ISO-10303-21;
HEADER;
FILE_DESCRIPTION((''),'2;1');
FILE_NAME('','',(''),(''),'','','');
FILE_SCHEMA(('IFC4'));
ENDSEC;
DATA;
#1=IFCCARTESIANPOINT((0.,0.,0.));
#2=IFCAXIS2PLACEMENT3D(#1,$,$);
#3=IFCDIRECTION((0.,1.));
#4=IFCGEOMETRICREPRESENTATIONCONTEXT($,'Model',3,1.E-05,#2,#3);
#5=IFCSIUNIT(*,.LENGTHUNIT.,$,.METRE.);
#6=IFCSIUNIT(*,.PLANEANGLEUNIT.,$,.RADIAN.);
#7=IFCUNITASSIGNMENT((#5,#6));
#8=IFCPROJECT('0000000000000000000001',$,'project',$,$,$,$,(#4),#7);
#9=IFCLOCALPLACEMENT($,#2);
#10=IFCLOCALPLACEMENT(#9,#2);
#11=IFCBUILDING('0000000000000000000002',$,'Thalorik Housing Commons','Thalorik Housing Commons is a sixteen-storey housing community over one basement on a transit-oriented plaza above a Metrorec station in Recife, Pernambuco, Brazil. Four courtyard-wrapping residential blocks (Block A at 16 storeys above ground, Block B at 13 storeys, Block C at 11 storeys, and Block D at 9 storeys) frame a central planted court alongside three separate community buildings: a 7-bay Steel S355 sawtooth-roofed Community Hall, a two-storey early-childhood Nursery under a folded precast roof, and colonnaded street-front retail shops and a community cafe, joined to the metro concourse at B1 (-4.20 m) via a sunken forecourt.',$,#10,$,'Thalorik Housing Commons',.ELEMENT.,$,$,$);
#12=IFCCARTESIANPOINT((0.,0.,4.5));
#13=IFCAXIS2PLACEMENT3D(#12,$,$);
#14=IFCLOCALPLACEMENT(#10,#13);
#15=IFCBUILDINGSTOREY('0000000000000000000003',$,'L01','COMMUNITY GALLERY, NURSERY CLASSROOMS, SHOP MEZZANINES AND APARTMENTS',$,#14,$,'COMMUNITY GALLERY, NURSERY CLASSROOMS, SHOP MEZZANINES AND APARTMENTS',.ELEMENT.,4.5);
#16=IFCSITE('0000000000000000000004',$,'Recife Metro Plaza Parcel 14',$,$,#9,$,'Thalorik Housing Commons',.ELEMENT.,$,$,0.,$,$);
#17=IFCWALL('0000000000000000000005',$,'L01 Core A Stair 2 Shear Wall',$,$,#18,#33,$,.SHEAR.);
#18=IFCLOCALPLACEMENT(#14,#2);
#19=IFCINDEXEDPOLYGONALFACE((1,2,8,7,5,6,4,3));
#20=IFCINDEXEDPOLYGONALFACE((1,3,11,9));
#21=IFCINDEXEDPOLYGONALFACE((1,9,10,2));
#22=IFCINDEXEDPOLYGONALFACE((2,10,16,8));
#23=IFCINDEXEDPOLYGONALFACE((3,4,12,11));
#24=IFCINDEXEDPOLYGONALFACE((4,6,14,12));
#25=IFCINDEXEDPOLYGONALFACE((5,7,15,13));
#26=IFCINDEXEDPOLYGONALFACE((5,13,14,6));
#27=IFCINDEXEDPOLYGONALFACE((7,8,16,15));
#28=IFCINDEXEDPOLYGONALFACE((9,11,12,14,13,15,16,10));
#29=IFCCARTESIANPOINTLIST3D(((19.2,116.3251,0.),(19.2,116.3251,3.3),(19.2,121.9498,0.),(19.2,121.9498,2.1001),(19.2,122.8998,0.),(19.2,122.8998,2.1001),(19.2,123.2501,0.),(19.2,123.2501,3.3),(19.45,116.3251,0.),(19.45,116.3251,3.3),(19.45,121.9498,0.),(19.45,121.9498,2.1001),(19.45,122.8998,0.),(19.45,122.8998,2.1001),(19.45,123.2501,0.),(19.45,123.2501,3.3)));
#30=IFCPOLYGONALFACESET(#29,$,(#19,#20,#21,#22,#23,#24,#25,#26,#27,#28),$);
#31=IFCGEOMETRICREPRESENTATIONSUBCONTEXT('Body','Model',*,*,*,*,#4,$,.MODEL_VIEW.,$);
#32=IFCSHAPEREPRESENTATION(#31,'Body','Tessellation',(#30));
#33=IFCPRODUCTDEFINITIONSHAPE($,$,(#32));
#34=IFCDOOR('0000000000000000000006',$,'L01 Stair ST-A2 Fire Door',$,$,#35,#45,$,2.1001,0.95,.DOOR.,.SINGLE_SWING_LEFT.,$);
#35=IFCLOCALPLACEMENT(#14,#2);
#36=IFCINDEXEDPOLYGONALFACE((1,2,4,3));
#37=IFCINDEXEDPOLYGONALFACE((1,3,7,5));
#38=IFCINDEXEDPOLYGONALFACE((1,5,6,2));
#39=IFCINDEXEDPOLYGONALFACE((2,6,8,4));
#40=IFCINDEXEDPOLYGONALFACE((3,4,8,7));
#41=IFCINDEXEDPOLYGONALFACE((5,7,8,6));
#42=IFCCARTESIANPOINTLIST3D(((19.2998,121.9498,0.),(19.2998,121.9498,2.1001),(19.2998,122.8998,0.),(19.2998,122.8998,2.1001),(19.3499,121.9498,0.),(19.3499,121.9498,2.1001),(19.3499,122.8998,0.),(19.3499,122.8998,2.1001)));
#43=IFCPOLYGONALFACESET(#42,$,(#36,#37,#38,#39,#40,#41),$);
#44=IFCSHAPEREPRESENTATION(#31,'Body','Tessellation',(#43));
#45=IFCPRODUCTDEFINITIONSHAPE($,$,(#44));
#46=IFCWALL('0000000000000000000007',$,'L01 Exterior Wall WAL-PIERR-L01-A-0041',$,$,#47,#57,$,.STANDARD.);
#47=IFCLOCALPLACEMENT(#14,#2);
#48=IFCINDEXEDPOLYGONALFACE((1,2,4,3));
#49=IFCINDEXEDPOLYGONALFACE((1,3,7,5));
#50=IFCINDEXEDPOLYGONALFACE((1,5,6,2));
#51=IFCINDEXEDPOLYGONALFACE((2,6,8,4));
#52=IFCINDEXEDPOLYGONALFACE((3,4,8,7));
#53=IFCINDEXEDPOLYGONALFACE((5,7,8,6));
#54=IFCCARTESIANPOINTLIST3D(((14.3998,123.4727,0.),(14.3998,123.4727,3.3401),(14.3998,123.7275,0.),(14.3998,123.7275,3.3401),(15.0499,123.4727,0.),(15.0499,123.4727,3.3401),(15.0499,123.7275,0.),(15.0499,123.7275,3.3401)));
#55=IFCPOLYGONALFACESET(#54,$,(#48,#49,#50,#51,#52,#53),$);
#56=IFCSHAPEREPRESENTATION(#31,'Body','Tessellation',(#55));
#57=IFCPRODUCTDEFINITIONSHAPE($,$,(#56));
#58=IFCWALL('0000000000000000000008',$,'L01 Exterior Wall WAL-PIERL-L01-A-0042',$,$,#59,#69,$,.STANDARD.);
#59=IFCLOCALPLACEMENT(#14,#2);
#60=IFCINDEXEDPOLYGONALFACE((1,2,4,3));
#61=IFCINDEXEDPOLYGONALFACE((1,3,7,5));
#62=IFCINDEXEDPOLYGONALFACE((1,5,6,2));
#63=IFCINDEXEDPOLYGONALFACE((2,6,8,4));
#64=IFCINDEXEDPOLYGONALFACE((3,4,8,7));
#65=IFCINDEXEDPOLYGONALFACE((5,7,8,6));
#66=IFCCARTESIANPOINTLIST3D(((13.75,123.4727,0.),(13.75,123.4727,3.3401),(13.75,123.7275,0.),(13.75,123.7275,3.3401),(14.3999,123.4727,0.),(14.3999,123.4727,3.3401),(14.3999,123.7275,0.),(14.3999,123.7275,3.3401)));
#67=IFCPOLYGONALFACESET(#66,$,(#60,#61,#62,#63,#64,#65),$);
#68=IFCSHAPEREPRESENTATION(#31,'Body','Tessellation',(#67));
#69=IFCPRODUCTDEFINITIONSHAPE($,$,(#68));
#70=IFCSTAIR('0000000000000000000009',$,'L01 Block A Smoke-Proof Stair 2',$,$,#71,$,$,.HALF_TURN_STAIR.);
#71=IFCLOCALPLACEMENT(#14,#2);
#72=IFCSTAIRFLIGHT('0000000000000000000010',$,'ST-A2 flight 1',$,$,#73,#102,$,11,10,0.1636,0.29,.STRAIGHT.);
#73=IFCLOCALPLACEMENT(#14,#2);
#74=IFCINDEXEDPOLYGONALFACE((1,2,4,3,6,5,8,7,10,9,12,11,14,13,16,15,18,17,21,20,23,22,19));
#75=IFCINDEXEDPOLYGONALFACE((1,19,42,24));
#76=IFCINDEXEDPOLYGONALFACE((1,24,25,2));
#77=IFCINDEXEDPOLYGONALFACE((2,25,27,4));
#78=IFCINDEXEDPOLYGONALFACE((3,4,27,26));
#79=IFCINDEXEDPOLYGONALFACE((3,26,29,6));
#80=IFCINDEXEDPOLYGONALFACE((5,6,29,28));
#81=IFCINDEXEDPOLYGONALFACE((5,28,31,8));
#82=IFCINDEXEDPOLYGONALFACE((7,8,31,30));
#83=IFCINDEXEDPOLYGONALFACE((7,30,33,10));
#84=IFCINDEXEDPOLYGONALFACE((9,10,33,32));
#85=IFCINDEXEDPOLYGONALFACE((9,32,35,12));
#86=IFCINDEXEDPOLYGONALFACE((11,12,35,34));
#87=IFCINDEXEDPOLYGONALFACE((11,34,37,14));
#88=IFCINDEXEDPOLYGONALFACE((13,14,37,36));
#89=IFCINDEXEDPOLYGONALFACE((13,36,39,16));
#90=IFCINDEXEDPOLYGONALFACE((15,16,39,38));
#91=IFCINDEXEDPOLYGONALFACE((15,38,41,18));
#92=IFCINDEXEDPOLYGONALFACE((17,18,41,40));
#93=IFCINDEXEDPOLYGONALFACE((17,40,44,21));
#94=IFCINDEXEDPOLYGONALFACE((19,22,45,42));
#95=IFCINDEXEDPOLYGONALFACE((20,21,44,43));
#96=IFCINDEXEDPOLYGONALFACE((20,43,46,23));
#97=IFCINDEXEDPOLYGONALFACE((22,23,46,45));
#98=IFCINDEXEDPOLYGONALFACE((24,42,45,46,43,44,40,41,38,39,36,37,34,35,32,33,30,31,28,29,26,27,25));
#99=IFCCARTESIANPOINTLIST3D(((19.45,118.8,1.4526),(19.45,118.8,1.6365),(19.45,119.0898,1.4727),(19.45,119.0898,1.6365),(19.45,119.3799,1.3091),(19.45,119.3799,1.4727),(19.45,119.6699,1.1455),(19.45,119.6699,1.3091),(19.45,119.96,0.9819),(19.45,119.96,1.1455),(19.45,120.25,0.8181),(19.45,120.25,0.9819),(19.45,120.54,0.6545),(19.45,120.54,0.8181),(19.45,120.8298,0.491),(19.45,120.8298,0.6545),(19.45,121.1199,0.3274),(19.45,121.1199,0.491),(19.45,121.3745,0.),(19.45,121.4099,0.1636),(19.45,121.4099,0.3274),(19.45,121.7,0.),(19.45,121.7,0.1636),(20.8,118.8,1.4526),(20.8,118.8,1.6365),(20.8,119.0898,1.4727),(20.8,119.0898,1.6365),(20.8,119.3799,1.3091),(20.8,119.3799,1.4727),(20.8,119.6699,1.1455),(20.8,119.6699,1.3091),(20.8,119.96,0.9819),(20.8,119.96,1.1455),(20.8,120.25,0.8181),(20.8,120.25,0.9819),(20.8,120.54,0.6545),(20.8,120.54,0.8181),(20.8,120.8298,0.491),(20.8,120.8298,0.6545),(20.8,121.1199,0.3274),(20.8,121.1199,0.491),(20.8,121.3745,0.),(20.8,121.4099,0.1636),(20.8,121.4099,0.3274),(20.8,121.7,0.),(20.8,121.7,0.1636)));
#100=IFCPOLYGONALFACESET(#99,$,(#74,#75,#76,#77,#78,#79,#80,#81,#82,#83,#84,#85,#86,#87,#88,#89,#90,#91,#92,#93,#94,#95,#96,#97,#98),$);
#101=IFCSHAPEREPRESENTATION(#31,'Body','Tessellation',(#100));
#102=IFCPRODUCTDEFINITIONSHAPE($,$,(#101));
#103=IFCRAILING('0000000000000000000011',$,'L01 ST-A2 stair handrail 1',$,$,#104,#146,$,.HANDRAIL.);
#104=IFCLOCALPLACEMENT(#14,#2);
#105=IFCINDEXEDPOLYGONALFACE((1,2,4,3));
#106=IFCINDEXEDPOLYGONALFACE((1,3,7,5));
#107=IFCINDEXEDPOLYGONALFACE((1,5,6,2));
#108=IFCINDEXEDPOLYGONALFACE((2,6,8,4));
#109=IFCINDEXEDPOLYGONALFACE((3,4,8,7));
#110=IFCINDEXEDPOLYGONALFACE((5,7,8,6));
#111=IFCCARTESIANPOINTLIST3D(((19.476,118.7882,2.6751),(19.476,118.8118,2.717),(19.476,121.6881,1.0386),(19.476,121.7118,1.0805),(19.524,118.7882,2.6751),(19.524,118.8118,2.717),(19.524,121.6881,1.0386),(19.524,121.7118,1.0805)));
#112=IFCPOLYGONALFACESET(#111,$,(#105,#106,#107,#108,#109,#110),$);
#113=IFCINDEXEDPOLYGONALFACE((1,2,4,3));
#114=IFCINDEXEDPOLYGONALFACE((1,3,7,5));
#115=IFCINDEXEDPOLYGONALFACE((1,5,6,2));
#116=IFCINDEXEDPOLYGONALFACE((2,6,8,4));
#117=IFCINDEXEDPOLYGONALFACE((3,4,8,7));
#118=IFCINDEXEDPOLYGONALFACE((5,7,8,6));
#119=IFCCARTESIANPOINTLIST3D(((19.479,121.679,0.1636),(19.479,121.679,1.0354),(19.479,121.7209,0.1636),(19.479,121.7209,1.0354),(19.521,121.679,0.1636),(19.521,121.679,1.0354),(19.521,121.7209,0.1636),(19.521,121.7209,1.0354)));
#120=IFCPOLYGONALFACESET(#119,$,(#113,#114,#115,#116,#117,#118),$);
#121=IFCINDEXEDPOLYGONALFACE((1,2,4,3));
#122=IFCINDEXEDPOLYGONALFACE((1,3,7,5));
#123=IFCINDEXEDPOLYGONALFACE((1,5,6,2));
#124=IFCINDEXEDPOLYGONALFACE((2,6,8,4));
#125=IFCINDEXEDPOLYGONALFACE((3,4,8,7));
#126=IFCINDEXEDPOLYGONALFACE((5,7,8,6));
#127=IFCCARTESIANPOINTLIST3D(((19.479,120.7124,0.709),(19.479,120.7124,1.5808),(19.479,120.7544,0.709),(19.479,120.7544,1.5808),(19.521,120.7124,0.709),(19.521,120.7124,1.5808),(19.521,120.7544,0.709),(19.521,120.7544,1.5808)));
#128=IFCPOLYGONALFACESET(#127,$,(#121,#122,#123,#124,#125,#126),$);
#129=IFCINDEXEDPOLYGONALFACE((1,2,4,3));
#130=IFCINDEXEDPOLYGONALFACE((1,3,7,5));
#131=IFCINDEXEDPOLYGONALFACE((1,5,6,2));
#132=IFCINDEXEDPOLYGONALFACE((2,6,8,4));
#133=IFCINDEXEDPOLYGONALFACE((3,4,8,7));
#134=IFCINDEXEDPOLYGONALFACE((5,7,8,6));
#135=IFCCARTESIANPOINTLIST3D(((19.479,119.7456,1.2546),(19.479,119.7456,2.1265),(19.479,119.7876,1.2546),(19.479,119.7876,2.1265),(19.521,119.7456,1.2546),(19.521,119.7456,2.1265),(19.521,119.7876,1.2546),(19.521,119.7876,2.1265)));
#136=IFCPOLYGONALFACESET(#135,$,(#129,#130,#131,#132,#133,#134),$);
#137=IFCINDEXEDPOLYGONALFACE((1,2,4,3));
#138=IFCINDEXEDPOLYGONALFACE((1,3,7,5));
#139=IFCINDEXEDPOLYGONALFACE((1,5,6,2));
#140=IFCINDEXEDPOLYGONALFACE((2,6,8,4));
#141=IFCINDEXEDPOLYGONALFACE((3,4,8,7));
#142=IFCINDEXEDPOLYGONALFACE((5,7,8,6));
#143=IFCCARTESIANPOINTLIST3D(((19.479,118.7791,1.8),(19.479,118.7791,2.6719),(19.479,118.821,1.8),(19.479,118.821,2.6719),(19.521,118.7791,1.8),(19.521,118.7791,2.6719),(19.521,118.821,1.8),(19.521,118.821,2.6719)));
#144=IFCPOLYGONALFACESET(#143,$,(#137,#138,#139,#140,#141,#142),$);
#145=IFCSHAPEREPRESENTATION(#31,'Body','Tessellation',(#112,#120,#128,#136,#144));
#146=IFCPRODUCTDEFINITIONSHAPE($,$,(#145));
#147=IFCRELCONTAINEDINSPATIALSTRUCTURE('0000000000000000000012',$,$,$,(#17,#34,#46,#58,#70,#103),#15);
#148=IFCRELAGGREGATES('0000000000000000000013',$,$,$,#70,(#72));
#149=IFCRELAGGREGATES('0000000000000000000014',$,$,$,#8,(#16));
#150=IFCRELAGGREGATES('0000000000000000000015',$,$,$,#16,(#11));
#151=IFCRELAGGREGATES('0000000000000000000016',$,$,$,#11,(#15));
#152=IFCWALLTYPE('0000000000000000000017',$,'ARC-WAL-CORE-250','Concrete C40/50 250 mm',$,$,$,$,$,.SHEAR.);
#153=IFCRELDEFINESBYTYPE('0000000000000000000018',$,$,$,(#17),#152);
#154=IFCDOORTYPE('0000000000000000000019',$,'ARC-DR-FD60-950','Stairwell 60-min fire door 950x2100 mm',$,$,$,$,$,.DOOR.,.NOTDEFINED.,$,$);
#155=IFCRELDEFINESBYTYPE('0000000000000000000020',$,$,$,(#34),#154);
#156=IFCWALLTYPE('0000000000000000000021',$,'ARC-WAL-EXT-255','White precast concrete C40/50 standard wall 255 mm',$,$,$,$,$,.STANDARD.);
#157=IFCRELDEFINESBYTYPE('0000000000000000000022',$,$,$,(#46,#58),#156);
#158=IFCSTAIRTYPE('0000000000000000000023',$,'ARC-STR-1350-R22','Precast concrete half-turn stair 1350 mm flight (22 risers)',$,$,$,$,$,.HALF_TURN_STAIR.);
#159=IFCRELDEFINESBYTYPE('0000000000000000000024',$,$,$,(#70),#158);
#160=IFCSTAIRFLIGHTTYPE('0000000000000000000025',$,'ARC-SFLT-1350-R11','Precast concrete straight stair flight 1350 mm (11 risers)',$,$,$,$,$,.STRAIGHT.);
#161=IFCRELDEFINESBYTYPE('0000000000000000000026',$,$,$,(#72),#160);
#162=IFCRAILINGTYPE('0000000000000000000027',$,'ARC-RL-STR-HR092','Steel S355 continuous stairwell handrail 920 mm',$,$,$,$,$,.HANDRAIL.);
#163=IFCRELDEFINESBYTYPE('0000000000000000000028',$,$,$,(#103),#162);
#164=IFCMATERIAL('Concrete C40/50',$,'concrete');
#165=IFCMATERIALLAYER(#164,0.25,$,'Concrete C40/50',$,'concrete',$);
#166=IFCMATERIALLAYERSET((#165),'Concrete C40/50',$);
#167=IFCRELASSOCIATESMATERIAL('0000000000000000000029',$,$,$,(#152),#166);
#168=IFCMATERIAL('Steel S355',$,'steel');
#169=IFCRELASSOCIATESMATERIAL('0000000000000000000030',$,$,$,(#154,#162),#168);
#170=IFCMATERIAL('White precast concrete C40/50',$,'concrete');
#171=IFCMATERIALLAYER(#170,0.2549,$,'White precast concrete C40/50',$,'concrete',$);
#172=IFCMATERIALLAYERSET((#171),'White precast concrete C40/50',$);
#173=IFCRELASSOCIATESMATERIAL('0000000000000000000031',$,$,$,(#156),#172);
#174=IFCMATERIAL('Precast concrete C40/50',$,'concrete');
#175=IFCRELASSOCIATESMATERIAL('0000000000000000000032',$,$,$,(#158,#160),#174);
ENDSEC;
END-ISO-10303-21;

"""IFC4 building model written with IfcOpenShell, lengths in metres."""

from ifc_helpers import new_model, si_unit, direction, frame, frame_2d, origin, origin_2d, place, context, subcontext, project, spatial, polyline, rectangle, outline, extrude, material, layer, layer_set, type_object, element, fill, aggregate, save


model = new_model("IFC4")

# Units and contexts
model_context = context("Model", 3, precision=1e-05, world=origin(), true_north=direction((0.0, 1.0)))
body_context = subcontext(model_context, "Body", "Model", "MODEL_VIEW")
ifc_project = project(units=[si_unit("LENGTHUNIT", "METRE"), si_unit("PLANEANGLEUNIT", "RADIAN")], contexts=[model_context])

# Site, building, storey
site_placement = place(None, origin())
site = spatial("IfcSite", under=ifc_project, at=site_placement, Name="Recife Metro Plaza Parcel 14", LongName="Thalorik Housing Commons", CompositionType="ELEMENT", RefElevation=0.0)
building_placement = place(site_placement, origin())
building = spatial("IfcBuilding", under=site, at=building_placement, Name="Thalorik Housing Commons", Description="Thalorik Housing Commons is a sixteen-storey housing community over one basement on a transit-oriented plaza above a Metrorec station in Recife, Pernambuco, Brazil. Four courtyard-wrapping residential blocks (Block A at 16 storeys above ground, Block B at 13 storeys, Block C at 11 storeys, and Block D at 9 storeys) frame a central planted court alongside three separate community buildings: a 7-bay Steel S355 sawtooth-roofed Community Hall, a two-storey early-childhood Nursery under a folded precast roof, and colonnaded street-front retail shops and a community cafe, joined to the metro concourse at B1 (-4.20 m) via a sunken forecourt.", LongName="Thalorik Housing Commons", CompositionType="ELEMENT")
storey_placement = place(building_placement, frame((0.0, 0.0, 4.5)))
storey = spatial("IfcBuildingStorey", under=building, at=storey_placement, Name="L01", Description="COMMUNITY GALLERY, NURSERY CLASSROOMS, SHOP MEZZANINES AND APARTMENTS", LongName="COMMUNITY GALLERY, NURSERY CLASSROOMS, SHOP MEZZANINES AND APARTMENTS", CompositionType="ELEMENT", Elevation=4.5)

# Shared definitions
ifc_material_1 = material(Name="Precast concrete C40/50", Category="concrete")

# Wall, opening, door
ifc_material_2 = material(Name="Concrete C40/50", Category="concrete")
ifc_layer_1 = layer(ifc_material_2, 0.25, Name="Concrete C40/50", Category="concrete")
ifc_layer_set_1 = layer_set([ifc_layer_1], Name="Concrete C40/50")
wall_type_1 = type_object("IfcWallType", Name="ARC-WAL-CORE-250", Description="Concrete C40/50 250 mm", PredefinedType="SHEAR", material=ifc_layer_set_1)
wall_1_placement = place(storey_placement, frame((19.325, 123.25, 0.0), z_axis=(0.0, 0.0, 1.0), x_axis=(0.0, -1.0, 0.0)))
wall_1 = element("IfcWall", 1, at=wall_1_placement, inside=storey, type_object=wall_type_1, Name="L01 Core A Stair 2 Shear Wall", PredefinedType="SHEAR", context=body_context, shape_type="SweptSolid", body=[
    extrude(rectangle(XDim=6.925, YDim=0.25, at=frame_2d((3.4624, 0.0))), origin(), (0.0, 0.0, 1.0), 3.3),
])
opening_1_placement = place(wall_1_placement, frame((0.3501, 0.0, 0.0)))
opening_1 = element("IfcOpeningElement", 2, at=opening_1_placement, cuts=wall_1, PredefinedType="OPENING", context=body_context, shape_type="SweptSolid", body=[
    extrude(rectangle(XDim=0.95, YDim=2.1001, at=frame_2d((0.4751, 1.05))), frame((0.0, 0.135, 0.0), z_axis=(0.0, -1.0, 0.0), x_axis=(1.0, 0.0, 0.0)), (0.0, 0.0, 1.0), 0.27),
])
ifc_material_3 = material(Name="Steel S355", Category="steel")
door_type_1 = type_object("IfcDoorType", Name="ARC-DR-FD60-950", Description="Stairwell 60-min fire door 950x2100 mm", OperationType="NOTDEFINED", PredefinedType="DOOR", material=ifc_material_3)
door_1_placement = place(opening_1_placement, origin())
door_1 = element("IfcDoor", 3, at=door_1_placement, inside=storey, type_object=door_type_1, Name="L01 Stair ST-A2 Fire Door", OperationType="SINGLE_SWING_LEFT", OverallHeight=2.1001, OverallWidth=0.95, PredefinedType="DOOR", context=body_context, shape_type="SweptSolid", body=[
    extrude(rectangle(XDim=0.95, YDim=2.1001, at=frame_2d((0.4751, 1.05))), frame((0.0, 0.0249, 0.0), z_axis=(0.0, -1.0, 0.0), x_axis=(1.0, 0.0, 0.0)), (0.0, 0.0, 1.0), 0.05),
])
fill(opening_1, door_1)

# Walls
ifc_material_4 = material(Name="White precast concrete C40/50", Category="concrete")
ifc_layer_2 = layer(ifc_material_4, 0.2549, Name="White precast concrete C40/50", Category="concrete")
ifc_layer_set_2 = layer_set([ifc_layer_2], Name="White precast concrete C40/50")
wall_type_2 = type_object("IfcWallType", Name="ARC-WAL-EXT-255", Description="White precast concrete C40/50 standard wall 255 mm", PredefinedType="STANDARD", material=ifc_layer_set_2)
wall_2_placement = place(storey_placement, frame((15.05, 123.6001, 0.0), z_axis=(0.0, 0.0, 1.0), x_axis=(-1.0, 0.0, 0.0)))
element("IfcWall", 4, at=wall_2_placement, inside=storey, type_object=wall_type_2, Name="L01 Exterior Wall WAL-PIERR-L01-A-0041", PredefinedType="STANDARD", context=body_context, shape_type="SweptSolid", body=[
    extrude(rectangle(XDim=0.6501, YDim=0.2549, at=frame_2d((0.3252, 0.0))), origin(), (0.0, 0.0, 1.0), 3.3401),
])
wall_3_placement = place(storey_placement, frame((14.3999, 123.6001, 0.0), z_axis=(0.0, 0.0, 1.0), x_axis=(-1.0, 0.0, 0.0)))
element("IfcWall", 5, at=wall_3_placement, inside=storey, type_object=wall_type_2, Name="L01 Exterior Wall WAL-PIERL-L01-A-0042", PredefinedType="STANDARD", context=body_context, shape_type="SweptSolid", body=[
    extrude(rectangle(XDim=0.6499, YDim=0.2549, at=frame_2d((0.325, 0.0))), origin(), (0.0, 0.0, 1.0), 3.3401),
])

# Stair, stair flight
stair_type = type_object("IfcStairType", Name="ARC-STR-1350-R22", Description="Precast concrete half-turn stair 1350 mm flight (22 risers)", PredefinedType="HALF_TURN_STAIR", material=ifc_material_1)
stair_placement = place(storey_placement, origin())
stair = element("IfcStair", 6, at=stair_placement, inside=storey, type_object=stair_type, Name="L01 Block A Smoke-Proof Stair 2", PredefinedType="HALF_TURN_STAIR")
stair_flight_type = type_object("IfcStairFlightType", Name="ARC-SFLT-1350-R11", Description="Precast concrete straight stair flight 1350 mm (11 risers)", PredefinedType="STRAIGHT", material=ifc_material_1)
stair_flight_placement = place(storey_placement, frame((20.125, 121.7, 0.0), z_axis=(0.0, 0.0, 1.0), x_axis=(0.0, -1.0, 0.0)))
stair_flight = element("IfcStairFlight", 7, at=stair_flight_placement, type_object=stair_flight_type, Name="ST-A2 flight 1", NumberOfRisers=11, NumberOfTreads=10, PredefinedType="STRAIGHT", RiserHeight=0.1636, TreadLength=0.29, context=body_context, shape_type="SweptSolid", body=[
    extrude(outline(polyline([(0.0, 0.0), (0.0, 0.1636), (0.29, 0.1636), (0.29, 0.3274), (0.5801, 0.3274), (0.5801, 0.491), (0.8701, 0.491), (0.8701, 0.6545), (1.1599, 0.6545), (1.1599, 0.8181), (1.45, 0.8181), (1.45, 0.9819), (1.74, 0.9819), (1.74, 1.1455), (2.03, 1.1455), (2.03, 1.3091), (2.3201, 1.3091), (2.3201, 1.4727), (2.6101, 1.4727), (2.6101, 1.6365), (2.8999, 1.6365), (2.8999, 1.8), (2.8999, 1.4526), (0.3254, 0.0), (0.0, 0.0)])), frame((0.0, 0.675, 0.0), z_axis=(0.0, -1.0, 0.0), x_axis=(1.0, 0.0, 0.0)), (0.0, 0.0, 1.0), 1.3501),
])
aggregate(stair, [stair_flight])

# Railing
railing_type = type_object("IfcRailingType", Name="ARC-RL-STR-HR092", Description="Steel S355 continuous stairwell handrail 920 mm", PredefinedType="HANDRAIL", material=ifc_material_3)
railing_placement = place(storey_placement, frame((19.5, 121.7, 0.1636)))
element("IfcRailing", 8, at=railing_placement, inside=storey, type_object=railing_type, Name="L01 ST-A2 stair handrail 1", PredefinedType="HANDRAIL", context=body_context, shape_type="SweptSolid", body=[
    extrude(rectangle(XDim=0.0481, YDim=0.0481, at=origin_2d()), frame((0.0, 0.0, 0.896), z_axis=(0.0, -0.870897, 0.491465), x_axis=(1.0, 0.0, 0.0)), (0.0, 0.0, 1.0), 3.3298),
    extrude(rectangle(XDim=0.042, YDim=0.042, at=origin_2d()), origin(), (0.0, 0.0, 1.0), 0.8718),
    extrude(rectangle(XDim=0.042, YDim=0.042, at=origin_2d()), frame((0.0, -0.9666, 0.5454)), (0.0, 0.0, 1.0), 0.8718),
    extrude(rectangle(XDim=0.042, YDim=0.042, at=origin_2d()), frame((0.0, -1.9333, 1.0911)), (0.0, 0.0, 1.0), 0.8718),
    extrude(rectangle(XDim=0.042, YDim=0.042, at=origin_2d()), frame((0.0, -2.8999, 1.6365)), (0.0, 0.0, 1.0), 0.8718),
])

save(model, "model.ifc")
